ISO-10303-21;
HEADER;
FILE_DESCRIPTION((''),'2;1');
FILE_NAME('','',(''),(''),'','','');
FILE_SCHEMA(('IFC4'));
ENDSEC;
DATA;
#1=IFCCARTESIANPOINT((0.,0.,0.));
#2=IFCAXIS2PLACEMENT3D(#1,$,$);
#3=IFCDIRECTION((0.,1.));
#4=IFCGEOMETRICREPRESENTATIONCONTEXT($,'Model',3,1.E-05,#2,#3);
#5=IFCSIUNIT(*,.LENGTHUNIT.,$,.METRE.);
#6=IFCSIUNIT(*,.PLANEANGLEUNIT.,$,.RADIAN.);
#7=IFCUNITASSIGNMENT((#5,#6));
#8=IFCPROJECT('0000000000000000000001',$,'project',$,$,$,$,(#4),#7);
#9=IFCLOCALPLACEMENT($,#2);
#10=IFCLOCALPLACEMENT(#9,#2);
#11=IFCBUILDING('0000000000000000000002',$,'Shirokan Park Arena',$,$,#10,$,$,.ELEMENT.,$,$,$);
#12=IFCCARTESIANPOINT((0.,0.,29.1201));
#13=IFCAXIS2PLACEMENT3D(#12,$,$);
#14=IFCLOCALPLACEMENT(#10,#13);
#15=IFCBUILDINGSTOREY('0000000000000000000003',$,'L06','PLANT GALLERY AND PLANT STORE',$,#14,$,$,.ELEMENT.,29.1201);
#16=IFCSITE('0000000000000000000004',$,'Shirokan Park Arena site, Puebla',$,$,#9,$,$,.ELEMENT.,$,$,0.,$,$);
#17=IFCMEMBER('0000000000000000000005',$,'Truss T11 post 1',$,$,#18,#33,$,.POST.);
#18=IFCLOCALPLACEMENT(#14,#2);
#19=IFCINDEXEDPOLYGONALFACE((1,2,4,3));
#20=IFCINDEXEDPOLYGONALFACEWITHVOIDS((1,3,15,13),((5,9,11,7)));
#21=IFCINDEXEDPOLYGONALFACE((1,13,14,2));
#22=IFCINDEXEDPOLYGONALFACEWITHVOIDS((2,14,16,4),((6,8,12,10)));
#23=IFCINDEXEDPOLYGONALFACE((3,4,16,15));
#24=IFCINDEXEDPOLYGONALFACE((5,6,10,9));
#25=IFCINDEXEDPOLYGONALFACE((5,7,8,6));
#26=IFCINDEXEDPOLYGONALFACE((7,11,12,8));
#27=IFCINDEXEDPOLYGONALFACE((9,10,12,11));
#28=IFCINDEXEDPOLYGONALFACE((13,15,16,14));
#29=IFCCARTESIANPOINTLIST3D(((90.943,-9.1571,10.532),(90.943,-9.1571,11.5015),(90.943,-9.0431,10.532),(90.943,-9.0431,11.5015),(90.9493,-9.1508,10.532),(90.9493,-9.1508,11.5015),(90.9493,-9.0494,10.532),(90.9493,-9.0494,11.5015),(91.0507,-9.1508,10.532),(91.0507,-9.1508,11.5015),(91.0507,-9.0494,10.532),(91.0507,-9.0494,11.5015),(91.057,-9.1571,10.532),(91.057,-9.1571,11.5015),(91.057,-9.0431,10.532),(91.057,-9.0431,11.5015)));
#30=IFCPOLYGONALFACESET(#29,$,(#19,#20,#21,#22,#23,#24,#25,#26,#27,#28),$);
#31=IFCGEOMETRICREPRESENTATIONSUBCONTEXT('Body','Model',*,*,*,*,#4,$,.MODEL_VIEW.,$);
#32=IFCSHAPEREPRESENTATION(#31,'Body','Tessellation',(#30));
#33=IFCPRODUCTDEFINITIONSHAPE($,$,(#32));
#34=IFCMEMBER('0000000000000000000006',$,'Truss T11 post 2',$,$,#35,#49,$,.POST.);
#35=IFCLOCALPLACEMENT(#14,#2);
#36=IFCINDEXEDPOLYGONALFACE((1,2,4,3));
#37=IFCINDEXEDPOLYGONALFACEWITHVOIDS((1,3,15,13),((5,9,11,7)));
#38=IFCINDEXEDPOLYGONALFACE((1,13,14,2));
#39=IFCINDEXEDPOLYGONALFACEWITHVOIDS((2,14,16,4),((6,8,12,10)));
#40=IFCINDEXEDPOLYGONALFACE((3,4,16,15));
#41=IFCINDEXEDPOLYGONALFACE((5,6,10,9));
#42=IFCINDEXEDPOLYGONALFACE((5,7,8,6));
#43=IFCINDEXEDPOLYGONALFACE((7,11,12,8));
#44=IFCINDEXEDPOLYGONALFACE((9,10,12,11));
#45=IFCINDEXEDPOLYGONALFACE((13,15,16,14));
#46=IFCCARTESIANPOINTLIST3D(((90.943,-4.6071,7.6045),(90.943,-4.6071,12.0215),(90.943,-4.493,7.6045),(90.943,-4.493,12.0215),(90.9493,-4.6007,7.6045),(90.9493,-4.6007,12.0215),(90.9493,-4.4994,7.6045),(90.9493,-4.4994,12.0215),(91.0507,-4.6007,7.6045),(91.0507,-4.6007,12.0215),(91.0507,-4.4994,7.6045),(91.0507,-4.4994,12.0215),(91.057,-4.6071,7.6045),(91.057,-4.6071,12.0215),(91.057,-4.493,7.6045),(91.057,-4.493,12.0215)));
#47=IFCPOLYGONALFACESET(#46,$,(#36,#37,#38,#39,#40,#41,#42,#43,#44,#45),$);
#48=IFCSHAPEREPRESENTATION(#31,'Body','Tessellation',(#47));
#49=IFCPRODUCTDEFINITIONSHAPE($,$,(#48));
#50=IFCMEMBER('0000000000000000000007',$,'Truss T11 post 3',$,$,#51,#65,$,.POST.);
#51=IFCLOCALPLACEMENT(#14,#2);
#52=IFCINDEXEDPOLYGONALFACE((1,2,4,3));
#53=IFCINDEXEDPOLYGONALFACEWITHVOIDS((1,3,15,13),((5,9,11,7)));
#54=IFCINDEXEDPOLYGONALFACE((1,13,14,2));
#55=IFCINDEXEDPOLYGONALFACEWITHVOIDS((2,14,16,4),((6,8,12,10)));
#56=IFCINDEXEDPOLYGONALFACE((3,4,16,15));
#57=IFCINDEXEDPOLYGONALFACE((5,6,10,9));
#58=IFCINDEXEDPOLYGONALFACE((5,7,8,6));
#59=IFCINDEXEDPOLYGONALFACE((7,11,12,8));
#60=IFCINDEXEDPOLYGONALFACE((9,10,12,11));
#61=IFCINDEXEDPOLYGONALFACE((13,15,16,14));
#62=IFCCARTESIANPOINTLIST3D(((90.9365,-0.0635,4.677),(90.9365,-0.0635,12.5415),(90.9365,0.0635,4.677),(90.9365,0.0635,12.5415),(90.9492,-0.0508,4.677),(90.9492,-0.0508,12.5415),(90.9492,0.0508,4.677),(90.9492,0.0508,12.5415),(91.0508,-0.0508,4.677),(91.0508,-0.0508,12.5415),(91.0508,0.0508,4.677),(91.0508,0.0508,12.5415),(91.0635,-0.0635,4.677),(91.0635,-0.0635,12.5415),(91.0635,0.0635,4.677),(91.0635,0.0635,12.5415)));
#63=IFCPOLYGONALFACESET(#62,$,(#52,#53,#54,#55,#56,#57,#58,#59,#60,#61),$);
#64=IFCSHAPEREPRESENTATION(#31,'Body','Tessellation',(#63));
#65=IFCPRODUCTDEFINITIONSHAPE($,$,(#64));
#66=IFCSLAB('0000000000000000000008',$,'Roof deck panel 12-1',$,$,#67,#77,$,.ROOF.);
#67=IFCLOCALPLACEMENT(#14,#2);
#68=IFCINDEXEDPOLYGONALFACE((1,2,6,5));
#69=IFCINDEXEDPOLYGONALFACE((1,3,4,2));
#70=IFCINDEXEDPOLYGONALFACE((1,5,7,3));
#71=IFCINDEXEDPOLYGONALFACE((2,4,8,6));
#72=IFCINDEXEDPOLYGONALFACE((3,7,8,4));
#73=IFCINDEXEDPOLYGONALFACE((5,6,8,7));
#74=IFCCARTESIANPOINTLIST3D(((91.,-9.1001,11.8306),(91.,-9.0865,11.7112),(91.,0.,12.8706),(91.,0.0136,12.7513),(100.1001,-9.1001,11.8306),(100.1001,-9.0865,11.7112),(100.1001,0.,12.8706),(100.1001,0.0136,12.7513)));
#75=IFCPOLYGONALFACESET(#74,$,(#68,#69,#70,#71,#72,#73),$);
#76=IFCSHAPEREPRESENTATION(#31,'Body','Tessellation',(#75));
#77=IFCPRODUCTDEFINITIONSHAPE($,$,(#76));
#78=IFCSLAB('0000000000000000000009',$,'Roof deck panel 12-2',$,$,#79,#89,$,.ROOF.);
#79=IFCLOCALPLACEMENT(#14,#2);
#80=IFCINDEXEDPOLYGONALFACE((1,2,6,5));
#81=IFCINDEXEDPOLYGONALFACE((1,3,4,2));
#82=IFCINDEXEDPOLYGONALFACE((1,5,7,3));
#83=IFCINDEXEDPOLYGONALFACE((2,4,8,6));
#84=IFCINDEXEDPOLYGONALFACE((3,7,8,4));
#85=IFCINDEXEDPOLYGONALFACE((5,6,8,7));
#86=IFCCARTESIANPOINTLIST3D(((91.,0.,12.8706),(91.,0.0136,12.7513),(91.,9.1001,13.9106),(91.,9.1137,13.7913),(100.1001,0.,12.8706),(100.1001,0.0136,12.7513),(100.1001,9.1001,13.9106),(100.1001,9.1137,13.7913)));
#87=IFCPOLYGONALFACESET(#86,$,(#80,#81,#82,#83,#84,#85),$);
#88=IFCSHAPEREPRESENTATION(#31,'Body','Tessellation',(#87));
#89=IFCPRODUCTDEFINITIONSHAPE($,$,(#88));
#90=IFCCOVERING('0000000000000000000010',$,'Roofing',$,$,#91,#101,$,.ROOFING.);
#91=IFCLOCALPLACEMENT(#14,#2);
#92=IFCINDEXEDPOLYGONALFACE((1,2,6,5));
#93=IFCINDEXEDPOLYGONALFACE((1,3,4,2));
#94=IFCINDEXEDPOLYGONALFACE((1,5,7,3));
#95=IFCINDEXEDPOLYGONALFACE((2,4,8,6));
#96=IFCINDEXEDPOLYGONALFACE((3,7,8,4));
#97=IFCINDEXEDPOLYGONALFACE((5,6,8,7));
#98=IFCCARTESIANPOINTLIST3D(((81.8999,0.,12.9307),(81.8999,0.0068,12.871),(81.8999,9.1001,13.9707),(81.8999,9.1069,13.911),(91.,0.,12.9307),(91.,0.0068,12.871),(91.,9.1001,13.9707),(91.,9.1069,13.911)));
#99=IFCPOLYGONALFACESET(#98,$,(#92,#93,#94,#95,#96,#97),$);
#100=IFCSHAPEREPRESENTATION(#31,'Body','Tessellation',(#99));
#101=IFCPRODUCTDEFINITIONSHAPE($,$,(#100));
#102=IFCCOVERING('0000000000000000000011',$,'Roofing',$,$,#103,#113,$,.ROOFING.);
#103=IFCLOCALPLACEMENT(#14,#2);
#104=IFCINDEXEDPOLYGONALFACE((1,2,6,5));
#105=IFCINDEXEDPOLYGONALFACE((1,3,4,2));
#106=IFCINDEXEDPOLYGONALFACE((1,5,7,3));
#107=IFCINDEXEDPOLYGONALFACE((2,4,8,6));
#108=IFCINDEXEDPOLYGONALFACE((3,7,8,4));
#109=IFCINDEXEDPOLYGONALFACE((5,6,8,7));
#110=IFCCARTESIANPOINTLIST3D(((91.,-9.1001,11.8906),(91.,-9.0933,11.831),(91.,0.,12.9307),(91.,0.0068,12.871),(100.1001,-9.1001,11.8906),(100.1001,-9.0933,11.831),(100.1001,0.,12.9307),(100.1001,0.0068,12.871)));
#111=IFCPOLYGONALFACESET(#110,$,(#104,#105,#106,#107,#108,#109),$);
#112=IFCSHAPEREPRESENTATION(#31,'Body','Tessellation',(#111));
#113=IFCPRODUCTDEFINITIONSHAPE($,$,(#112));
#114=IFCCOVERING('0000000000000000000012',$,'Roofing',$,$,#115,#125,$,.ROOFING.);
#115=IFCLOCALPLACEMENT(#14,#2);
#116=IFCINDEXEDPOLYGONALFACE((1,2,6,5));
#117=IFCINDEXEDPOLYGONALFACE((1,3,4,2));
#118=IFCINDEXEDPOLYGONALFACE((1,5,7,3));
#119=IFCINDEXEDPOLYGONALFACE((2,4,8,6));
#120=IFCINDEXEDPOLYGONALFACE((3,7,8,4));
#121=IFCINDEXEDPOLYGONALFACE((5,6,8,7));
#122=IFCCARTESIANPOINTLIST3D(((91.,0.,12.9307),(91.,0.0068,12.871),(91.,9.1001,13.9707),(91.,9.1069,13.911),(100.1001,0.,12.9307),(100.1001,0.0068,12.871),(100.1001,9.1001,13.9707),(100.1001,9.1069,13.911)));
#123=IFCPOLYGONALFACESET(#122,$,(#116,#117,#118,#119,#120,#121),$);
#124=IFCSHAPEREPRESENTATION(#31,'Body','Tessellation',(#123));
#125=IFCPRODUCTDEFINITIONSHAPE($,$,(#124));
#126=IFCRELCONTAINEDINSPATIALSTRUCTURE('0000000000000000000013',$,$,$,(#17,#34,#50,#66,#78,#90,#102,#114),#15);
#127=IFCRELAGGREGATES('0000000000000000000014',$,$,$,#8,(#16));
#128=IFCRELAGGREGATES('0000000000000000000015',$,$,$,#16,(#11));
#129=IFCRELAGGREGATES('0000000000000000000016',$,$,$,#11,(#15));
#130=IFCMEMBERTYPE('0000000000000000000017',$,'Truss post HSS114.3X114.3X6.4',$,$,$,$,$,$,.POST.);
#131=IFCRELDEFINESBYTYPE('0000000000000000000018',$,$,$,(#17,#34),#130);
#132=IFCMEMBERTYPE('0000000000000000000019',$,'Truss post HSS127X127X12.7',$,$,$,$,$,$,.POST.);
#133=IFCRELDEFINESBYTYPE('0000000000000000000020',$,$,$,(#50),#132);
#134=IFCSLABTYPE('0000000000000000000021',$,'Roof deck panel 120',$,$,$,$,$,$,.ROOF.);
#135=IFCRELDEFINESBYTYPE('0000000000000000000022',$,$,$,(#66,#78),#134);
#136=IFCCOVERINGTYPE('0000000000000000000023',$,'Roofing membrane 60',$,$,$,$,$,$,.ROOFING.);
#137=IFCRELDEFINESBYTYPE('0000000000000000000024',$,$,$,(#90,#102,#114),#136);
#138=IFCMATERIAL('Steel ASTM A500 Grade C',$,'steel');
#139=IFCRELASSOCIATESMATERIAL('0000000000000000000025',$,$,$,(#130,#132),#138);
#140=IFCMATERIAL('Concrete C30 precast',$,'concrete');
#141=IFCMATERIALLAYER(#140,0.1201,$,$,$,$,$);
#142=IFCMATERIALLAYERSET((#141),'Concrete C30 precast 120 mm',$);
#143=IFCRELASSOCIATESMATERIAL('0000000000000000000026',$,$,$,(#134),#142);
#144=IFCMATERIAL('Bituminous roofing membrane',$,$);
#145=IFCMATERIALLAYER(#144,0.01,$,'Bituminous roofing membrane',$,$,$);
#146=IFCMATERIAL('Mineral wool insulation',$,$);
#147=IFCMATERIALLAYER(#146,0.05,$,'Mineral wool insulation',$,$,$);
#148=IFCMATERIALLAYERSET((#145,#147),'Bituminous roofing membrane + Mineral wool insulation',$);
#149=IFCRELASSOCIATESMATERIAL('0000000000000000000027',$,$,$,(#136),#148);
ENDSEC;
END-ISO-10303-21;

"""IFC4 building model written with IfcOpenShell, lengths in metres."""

from ifc_helpers import new_model, si_unit, direction, frame, origin, origin_2d, place, context, subcontext, project, spatial, polyline, hollow_rectangle, outline, extrude, material, layer, layer_set, material_profile, profile_set, type_object, element, save


model = new_model("IFC4")

# Units and contexts
model_context = context("Model", 3, precision=1e-05, world=origin(), true_north=direction((0.0, 1.0)))
body_context = subcontext(model_context, "Body", "Model", "MODEL_VIEW")
ifc_project = project(units=[si_unit("LENGTHUNIT", "METRE"), si_unit("PLANEANGLEUNIT", "RADIAN")], contexts=[model_context])

# Site, building, storey
site_placement = place(None, origin())
site = spatial("IfcSite", under=ifc_project, at=site_placement, Name="Shirokan Park Arena site, Puebla", CompositionType="ELEMENT", RefElevation=0.0)
building_placement = place(site_placement, origin())
building = spatial("IfcBuilding", under=site, at=building_placement, Name="Shirokan Park Arena", CompositionType="ELEMENT")
storey_placement = place(building_placement, frame((0.0, 0.0, 29.1201)))
storey = spatial("IfcBuildingStorey", under=building, at=storey_placement, Name="L06", Description="PLANT GALLERY AND PLANT STORE", CompositionType="ELEMENT", Elevation=29.1201)

# Shared definitions
ifc_material_1 = material(Name="Steel ASTM A500 Grade C", Category="steel")

# Members
ifc_material_profile_1 = material_profile(ifc_material_1, hollow_rectangle(XDim=0.114, YDim=0.114, WallThickness=0.0063, at=origin_2d()), Name="HSS114.3X114.3X6.4")
ifc_profile_set_1 = profile_set([ifc_material_profile_1], Name="Steel ASTM A500 Grade C")
member_type_1 = type_object("IfcMemberType", Name="Truss post HSS114.3X114.3X6.4", PredefinedType="POST", material=ifc_profile_set_1)
member_1_placement = place(storey_placement, frame((91.0, -9.1001, 10.532), z_axis=(0.0, 0.0, 1.0), x_axis=(1.0, 0.0, 0.0)))
element("IfcMember", 1, at=member_1_placement, inside=storey, type_object=member_type_1, Name="Truss T11 post 1", PredefinedType="POST", context=body_context, shape_type="SweptSolid", body=[
    extrude(hollow_rectangle(XDim=0.114, YDim=0.114, WallThickness=0.0063, at=origin_2d()), origin(), (0.0, 0.0, 1.0), 0.9695),
])
member_2_placement = place(storey_placement, frame((91.0, -4.55, 7.6045), z_axis=(0.0, 0.0, 1.0), x_axis=(1.0, 0.0, 0.0)))
element("IfcMember", 2, at=member_2_placement, inside=storey, type_object=member_type_1, Name="Truss T11 post 2", PredefinedType="POST", context=body_context, shape_type="SweptSolid", body=[
    extrude(hollow_rectangle(XDim=0.114, YDim=0.114, WallThickness=0.0063, at=origin_2d()), origin(), (0.0, 0.0, 1.0), 4.417),
])
ifc_material_profile_2 = material_profile(ifc_material_1, hollow_rectangle(XDim=0.127, YDim=0.127, WallThickness=0.0127, at=origin_2d()), Name="HSS127X127X12.7")
ifc_profile_set_2 = profile_set([ifc_material_profile_2], Name="Steel ASTM A500 Grade C")
member_type_2 = type_object("IfcMemberType", Name="Truss post HSS127X127X12.7", PredefinedType="POST", material=ifc_profile_set_2)
member_3_placement = place(storey_placement, frame((91.0, 0.0, 4.677), z_axis=(0.0, 0.0, 1.0), x_axis=(1.0, 0.0, 0.0)))
element("IfcMember", 3, at=member_3_placement, inside=storey, type_object=member_type_2, Name="Truss T11 post 3", PredefinedType="POST", context=body_context, shape_type="SweptSolid", body=[
    extrude(hollow_rectangle(XDim=0.127, YDim=0.127, WallThickness=0.0127, at=origin_2d()), origin(), (0.0, 0.0, 1.0), 7.8645),
])

# Slabs
ifc_material_2 = material(Name="Concrete C30 precast", Category="concrete")
ifc_layer_1 = layer(ifc_material_2, 0.1201)
ifc_layer_set_1 = layer_set([ifc_layer_1], Name="Concrete C30 precast 120 mm")
slab_type = type_object("IfcSlabType", Name="Roof deck panel 120", PredefinedType="ROOF", material=ifc_layer_set_1)
for number, where, z_axis, x_axis, name in (
    (4, (91.0, -9.1001, 11.8306), (0.0, -0.11355, 0.993532), (1.0, 0.0, 0.0), "Roof deck panel 12-1"),
    (5, (91.0, 0.0, 12.8706), (0.0, -0.11355, 0.993532), (1.0, 0.0, 0.0), "Roof deck panel 12-2"),
):
    element("IfcSlab", number, at=place(storey_placement, frame(where, z_axis=z_axis, x_axis=x_axis)), inside=storey, type_object=slab_type, Name=name, PredefinedType="ROOF", context=body_context, shape_type="SweptSolid", body=[
        extrude(outline(polyline([(0.0, 0.0), (9.1001, 0.0), (9.1001, 9.1593), (0.0, 9.1593), (0.0, 0.0)])), origin(), (0.0, 0.0, -1.0), 0.1201),
    ])

# Coverings
ifc_material_3 = material(Name="Bituminous roofing membrane")
ifc_layer_2 = layer(ifc_material_3, 0.01, Name="Bituminous roofing membrane")
ifc_material_4 = material(Name="Mineral wool insulation")
ifc_layer_3 = layer(ifc_material_4, 0.05, Name="Mineral wool insulation")
ifc_layer_set_2 = layer_set([ifc_layer_2, ifc_layer_3], Name="Bituminous roofing membrane + Mineral wool insulation")
covering_type = type_object("IfcCoveringType", Name="Roofing membrane 60", PredefinedType="ROOFING", material=ifc_layer_set_2)
for number, where, z_axis, x_axis, name in (
    (6, (81.8999, 0.0, 12.9307), (0.0, -0.11355, 0.993532), (1.0, 0.0, 0.0), "Roofing"),
    (7, (91.0, -9.1001, 11.8906), (0.0, -0.11355, 0.993532), (1.0, 0.0, 0.0), "Roofing"),
    (8, (91.0, 0.0, 12.9307), (0.0, -0.11355, 0.993532), (1.0, 0.0, 0.0), "Roofing"),
):
    element("IfcCovering", number, at=place(storey_placement, frame(where, z_axis=z_axis, x_axis=x_axis)), inside=storey, type_object=covering_type, Name=name, PredefinedType="ROOFING", context=body_context, shape_type="SweptSolid", body=[
        extrude(outline(polyline([(0.0, 0.0), (9.1001, 0.0), (9.1001, 9.1593), (0.0, 9.1593), (0.0, 0.0)])), origin(), (0.0, 0.0, -1.0), 0.0601),
    ])

save(model, "model.ifc")
